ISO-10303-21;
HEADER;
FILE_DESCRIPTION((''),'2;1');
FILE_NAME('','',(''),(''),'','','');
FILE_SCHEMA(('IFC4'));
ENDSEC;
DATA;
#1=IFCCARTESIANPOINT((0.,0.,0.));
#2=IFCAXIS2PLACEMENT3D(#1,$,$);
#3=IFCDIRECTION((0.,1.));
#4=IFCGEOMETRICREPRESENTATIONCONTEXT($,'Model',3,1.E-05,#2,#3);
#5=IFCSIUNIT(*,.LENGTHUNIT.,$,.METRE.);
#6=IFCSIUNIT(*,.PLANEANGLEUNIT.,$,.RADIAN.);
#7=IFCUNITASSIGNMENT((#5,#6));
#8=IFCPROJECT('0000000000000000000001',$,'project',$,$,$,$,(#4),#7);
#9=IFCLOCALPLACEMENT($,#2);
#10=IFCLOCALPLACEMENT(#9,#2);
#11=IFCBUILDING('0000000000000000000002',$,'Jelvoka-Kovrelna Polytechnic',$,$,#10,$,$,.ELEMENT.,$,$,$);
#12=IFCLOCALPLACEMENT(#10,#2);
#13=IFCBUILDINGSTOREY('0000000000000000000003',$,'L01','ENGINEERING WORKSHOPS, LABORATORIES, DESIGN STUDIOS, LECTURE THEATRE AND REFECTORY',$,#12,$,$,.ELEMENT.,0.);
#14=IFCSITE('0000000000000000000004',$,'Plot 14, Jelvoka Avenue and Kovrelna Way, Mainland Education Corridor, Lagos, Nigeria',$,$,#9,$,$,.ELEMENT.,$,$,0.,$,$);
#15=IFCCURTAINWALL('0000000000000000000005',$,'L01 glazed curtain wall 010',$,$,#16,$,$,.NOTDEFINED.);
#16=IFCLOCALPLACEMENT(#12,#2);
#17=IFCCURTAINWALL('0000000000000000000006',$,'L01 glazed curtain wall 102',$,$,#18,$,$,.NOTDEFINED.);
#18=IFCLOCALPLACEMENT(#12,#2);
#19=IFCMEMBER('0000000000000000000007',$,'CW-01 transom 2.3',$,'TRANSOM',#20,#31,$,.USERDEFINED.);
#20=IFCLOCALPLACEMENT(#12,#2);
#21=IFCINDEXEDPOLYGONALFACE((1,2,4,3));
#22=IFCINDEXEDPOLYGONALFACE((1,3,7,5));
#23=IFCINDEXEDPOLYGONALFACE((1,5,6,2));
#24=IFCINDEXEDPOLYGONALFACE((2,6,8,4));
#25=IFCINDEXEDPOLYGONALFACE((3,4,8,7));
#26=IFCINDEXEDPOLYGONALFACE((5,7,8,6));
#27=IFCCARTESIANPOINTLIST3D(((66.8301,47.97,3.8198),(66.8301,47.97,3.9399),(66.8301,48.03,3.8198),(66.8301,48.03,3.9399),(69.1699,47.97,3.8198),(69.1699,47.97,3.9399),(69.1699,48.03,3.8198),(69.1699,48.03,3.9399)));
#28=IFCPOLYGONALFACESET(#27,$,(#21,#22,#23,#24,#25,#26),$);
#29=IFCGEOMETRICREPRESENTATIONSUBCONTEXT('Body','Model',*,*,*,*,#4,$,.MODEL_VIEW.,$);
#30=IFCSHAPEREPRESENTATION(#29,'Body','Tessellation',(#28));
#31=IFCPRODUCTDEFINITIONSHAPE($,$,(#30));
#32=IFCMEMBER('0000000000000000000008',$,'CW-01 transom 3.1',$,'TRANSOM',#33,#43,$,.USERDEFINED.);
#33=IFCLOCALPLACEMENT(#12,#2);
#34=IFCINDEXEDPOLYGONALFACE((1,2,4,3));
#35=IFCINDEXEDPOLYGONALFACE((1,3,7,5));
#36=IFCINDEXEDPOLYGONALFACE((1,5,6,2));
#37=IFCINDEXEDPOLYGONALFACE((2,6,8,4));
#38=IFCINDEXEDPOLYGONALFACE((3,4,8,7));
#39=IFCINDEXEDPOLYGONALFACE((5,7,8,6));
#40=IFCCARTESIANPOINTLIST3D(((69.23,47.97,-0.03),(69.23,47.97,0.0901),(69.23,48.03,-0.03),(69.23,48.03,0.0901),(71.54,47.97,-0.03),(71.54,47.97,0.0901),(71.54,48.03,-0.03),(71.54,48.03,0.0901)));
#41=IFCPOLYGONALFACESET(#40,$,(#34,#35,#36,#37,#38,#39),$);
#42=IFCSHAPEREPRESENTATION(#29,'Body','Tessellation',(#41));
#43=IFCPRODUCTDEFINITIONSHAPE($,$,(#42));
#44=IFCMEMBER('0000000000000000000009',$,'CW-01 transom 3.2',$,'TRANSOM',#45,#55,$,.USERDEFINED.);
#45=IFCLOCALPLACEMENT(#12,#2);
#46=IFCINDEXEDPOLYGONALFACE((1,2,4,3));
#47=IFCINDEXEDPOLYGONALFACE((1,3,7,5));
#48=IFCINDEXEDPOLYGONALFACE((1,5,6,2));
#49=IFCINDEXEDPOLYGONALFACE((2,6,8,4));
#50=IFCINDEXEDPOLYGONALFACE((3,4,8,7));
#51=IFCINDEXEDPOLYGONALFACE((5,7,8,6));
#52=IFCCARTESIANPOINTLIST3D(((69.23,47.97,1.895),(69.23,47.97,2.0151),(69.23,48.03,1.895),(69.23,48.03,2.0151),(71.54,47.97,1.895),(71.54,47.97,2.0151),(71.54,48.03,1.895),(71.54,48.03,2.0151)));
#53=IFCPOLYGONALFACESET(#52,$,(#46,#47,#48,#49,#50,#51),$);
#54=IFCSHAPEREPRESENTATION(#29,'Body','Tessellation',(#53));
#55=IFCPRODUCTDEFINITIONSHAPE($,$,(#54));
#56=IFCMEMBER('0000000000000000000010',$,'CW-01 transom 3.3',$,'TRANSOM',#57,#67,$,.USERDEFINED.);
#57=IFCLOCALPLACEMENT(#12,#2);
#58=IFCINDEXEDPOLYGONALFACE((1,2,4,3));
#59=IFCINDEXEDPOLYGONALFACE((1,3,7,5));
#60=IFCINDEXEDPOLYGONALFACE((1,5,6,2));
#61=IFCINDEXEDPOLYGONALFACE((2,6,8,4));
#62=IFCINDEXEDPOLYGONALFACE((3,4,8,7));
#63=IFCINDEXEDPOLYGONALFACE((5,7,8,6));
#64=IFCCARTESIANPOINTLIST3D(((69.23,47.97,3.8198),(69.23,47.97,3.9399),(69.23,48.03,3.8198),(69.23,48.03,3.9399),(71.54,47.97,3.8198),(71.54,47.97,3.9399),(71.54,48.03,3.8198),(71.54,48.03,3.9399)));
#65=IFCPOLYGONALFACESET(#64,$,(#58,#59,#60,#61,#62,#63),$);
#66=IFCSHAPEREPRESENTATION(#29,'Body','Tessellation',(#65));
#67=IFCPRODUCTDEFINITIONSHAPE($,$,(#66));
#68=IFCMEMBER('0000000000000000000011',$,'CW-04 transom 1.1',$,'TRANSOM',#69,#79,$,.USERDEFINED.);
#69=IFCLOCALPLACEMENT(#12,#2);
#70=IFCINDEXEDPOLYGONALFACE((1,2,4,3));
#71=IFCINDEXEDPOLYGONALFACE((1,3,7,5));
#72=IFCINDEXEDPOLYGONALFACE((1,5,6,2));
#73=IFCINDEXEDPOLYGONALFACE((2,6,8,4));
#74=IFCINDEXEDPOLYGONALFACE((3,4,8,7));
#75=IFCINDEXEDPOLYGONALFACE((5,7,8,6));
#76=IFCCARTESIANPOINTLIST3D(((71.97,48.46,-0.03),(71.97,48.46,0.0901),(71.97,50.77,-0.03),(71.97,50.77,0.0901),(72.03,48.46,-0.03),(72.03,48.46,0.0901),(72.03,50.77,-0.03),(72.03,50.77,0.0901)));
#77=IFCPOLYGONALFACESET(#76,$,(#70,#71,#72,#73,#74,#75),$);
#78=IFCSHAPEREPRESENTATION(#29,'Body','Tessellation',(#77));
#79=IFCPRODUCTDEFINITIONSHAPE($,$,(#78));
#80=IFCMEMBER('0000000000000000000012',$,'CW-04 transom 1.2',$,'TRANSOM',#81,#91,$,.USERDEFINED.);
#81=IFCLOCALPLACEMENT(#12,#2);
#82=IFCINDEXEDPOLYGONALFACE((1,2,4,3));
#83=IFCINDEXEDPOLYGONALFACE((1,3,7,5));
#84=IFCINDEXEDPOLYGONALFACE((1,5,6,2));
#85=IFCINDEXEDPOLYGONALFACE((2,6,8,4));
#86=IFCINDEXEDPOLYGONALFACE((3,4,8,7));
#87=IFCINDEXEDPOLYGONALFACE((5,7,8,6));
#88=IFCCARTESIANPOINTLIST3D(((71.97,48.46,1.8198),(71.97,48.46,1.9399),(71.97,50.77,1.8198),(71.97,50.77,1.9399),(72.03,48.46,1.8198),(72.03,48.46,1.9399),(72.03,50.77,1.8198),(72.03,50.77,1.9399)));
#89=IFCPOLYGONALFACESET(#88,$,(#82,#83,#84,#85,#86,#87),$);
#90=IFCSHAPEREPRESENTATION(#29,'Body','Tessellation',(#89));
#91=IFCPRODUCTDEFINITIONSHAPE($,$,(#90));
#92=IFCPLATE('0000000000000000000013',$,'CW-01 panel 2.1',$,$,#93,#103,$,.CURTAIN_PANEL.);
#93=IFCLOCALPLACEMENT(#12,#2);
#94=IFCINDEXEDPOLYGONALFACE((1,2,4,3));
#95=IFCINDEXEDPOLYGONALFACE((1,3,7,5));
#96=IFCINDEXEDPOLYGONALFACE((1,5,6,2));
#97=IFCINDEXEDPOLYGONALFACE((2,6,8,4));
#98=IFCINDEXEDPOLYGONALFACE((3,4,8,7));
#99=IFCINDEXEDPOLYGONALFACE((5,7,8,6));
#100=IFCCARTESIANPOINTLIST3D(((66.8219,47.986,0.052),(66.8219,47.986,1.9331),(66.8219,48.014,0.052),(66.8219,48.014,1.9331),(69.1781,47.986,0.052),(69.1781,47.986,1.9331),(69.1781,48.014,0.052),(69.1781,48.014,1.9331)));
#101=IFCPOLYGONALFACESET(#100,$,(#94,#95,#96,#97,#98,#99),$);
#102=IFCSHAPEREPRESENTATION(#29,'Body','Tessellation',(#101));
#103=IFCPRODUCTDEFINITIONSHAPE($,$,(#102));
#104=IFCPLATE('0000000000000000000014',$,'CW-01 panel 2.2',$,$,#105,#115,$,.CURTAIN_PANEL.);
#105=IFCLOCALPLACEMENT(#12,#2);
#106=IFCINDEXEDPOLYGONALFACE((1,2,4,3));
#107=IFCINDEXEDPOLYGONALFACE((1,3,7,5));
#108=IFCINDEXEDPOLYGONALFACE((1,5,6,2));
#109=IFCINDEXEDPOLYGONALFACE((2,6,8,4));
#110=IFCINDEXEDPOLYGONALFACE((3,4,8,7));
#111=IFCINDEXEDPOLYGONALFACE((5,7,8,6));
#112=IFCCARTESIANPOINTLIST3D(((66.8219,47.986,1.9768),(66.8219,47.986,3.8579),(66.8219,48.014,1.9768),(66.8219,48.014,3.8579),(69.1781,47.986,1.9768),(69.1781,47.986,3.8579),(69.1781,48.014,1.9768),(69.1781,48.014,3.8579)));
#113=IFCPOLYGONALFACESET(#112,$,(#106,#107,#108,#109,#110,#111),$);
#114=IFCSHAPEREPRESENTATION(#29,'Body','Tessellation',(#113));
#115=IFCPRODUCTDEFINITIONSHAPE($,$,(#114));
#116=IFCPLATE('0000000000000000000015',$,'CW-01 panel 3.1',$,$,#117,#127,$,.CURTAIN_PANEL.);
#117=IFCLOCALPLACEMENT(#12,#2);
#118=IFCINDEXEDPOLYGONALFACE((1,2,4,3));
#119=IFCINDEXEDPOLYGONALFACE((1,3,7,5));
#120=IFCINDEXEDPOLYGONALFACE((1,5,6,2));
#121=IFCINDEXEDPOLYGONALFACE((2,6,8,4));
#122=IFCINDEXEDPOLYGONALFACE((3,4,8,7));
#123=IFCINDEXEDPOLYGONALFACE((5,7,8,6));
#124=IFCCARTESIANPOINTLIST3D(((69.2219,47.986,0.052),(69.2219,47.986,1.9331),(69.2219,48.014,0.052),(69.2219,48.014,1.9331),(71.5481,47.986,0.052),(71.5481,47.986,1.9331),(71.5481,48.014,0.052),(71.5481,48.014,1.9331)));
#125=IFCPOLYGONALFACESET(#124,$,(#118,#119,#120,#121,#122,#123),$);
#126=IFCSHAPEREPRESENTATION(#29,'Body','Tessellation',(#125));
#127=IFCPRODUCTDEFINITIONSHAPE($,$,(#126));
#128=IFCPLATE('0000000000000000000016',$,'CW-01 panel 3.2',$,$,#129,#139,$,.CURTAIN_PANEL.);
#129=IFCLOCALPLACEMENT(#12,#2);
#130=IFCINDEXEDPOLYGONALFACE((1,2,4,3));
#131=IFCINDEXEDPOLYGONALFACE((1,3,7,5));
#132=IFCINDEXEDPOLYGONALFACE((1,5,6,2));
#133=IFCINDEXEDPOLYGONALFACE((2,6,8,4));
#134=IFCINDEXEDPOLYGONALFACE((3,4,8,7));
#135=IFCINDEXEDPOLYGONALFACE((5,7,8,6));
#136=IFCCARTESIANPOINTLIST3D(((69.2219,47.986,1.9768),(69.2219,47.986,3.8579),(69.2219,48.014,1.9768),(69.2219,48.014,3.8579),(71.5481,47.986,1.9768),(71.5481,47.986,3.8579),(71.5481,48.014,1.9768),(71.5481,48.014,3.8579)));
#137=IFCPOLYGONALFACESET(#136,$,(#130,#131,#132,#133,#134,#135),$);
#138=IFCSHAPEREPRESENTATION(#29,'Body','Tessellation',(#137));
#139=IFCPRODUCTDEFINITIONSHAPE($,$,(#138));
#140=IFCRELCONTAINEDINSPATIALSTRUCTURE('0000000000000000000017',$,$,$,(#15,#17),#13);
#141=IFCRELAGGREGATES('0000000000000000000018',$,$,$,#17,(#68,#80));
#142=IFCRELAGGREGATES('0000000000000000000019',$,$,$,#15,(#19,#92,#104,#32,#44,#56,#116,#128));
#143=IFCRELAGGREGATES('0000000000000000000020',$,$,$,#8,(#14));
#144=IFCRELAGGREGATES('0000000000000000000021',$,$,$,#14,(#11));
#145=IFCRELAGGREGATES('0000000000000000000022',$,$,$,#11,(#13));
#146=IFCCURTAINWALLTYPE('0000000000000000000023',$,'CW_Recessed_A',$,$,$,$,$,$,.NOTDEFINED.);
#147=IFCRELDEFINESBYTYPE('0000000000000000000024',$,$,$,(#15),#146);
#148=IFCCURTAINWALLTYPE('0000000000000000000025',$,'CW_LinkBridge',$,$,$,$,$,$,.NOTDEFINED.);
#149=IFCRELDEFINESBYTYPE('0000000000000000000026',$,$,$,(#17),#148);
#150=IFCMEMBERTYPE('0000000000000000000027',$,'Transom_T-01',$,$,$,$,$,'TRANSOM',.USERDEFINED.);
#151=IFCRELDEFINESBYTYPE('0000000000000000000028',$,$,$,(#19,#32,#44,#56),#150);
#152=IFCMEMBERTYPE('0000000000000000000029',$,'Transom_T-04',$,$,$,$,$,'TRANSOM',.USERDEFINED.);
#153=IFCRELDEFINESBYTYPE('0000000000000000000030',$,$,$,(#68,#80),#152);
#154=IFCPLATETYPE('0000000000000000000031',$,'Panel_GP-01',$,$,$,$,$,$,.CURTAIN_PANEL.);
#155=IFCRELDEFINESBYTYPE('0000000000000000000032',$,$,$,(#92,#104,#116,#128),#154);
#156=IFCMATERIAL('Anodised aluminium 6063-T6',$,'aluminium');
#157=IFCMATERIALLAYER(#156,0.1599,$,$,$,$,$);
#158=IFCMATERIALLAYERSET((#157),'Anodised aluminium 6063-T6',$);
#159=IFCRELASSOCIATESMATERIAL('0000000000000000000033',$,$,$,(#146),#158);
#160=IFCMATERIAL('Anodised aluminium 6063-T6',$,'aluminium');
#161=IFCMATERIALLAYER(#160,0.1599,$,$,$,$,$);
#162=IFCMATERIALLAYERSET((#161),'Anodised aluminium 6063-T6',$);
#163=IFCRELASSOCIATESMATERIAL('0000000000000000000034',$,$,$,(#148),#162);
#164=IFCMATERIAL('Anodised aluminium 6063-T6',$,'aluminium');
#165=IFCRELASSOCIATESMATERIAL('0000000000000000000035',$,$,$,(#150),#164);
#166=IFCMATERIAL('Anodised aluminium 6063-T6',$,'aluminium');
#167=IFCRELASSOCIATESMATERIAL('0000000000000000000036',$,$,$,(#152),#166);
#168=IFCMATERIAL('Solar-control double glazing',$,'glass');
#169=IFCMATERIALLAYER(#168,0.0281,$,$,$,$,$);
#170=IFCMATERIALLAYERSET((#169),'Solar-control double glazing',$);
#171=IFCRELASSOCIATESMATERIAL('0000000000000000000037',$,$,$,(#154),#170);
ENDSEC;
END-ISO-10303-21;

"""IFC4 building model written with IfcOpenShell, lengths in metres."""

from ifc_helpers import new_model, si_unit, direction, frame, origin, origin_2d, place, context, subcontext, project, spatial, rectangle, extrude, material, layer, layer_set, material_profile, profile_set, type_object, element, aggregate, save


model = new_model("IFC4")

# Units and contexts
model_context = context("Model", 3, precision=1e-05, world=origin(), true_north=direction((0.0, 1.0)))
body_context = subcontext(model_context, "Body", "Model", "MODEL_VIEW")
ifc_project = project(units=[si_unit("LENGTHUNIT", "METRE"), si_unit("PLANEANGLEUNIT", "RADIAN")], contexts=[model_context])

# Site, building, storey
site_placement = place(None, origin())
site = spatial("IfcSite", under=ifc_project, at=site_placement, Name="Plot 14, Jelvoka Avenue and Kovrelna Way, Mainland Education Corridor, Lagos, Nigeria", CompositionType="ELEMENT", RefElevation=0.0)
building_placement = place(site_placement, origin())
building = spatial("IfcBuilding", under=site, at=building_placement, Name="Jelvoka-Kovrelna Polytechnic", CompositionType="ELEMENT")
storey_placement = place(building_placement, origin())
storey = spatial("IfcBuildingStorey", under=building, at=storey_placement, Name="L01", Description="ENGINEERING WORKSHOPS, LABORATORIES, DESIGN STUDIOS, LECTURE THEATRE AND REFECTORY", CompositionType="ELEMENT", Elevation=0.0)

# Curtain wall
ifc_material_1 = material(Name="Anodised aluminium 6063-T6", Category="aluminium")
ifc_layer_1 = layer(ifc_material_1, 0.1599)
ifc_layer_set_1 = layer_set([ifc_layer_1], Name="Anodised aluminium 6063-T6")
curtain_wall_type_1 = type_object("IfcCurtainWallType", Name="CW_Recessed_A", PredefinedType="NOTDEFINED", material=ifc_layer_set_1)
curtain_wall_1_placement = place(storey_placement, origin())
curtain_wall_1 = element("IfcCurtainWall", 1, at=curtain_wall_1_placement, inside=storey, type_object=curtain_wall_type_1, Name="L01 glazed curtain wall 010", PredefinedType="NOTDEFINED")

# Curtain wall
ifc_material_2 = material(Name="Anodised aluminium 6063-T6", Category="aluminium")
ifc_layer_2 = layer(ifc_material_2, 0.1599)
ifc_layer_set_2 = layer_set([ifc_layer_2], Name="Anodised aluminium 6063-T6")
curtain_wall_type_2 = type_object("IfcCurtainWallType", Name="CW_LinkBridge", PredefinedType="NOTDEFINED", material=ifc_layer_set_2)
curtain_wall_2_placement = place(storey_placement, origin())
curtain_wall_2 = element("IfcCurtainWall", 2, at=curtain_wall_2_placement, inside=storey, type_object=curtain_wall_type_2, Name="L01 glazed curtain wall 102", PredefinedType="NOTDEFINED")

# Members
ifc_material_3 = material(Name="Anodised aluminium 6063-T6", Category="aluminium")
ifc_material_profile_1 = material_profile(ifc_material_3, rectangle(XDim=0.0601, YDim=0.1201, at=origin_2d()), Name="ALU 60x120")
ifc_profile_set_1 = profile_set([ifc_material_profile_1], Name="Anodised aluminium 6063-T6")
member_type_1 = type_object("IfcMemberType", Name="Transom_T-01", ElementType="TRANSOM", PredefinedType="USERDEFINED", material=ifc_profile_set_1)
member_1_placement = place(storey_placement, frame((66.8301, 48.0, 3.8799), z_axis=(1.0, 0.0, 0.0), x_axis=(0.0, 1.0, 0.0)))
member_1 = element("IfcMember", 3, at=member_1_placement, type_object=member_type_1, Name="CW-01 transom 2.3", ObjectType="TRANSOM", PredefinedType="USERDEFINED", context=body_context, shape_type="SweptSolid", body=[
    extrude(rectangle(XDim=0.0601, YDim=0.1201, at=origin_2d()), origin(), (0.0, 0.0, 1.0), 2.3398),
])
member_2_placement = place(storey_placement, frame((69.23, 48.0, 0.03), z_axis=(1.0, 0.0, 0.0), x_axis=(0.0, 1.0, 0.0)))
member_2 = element("IfcMember", 4, at=member_2_placement, type_object=member_type_1, Name="CW-01 transom 3.1", ObjectType="TRANSOM", PredefinedType="USERDEFINED", context=body_context, shape_type="SweptSolid", body=[
    extrude(rectangle(XDim=0.0601, YDim=0.1201, at=origin_2d()), origin(), (0.0, 0.0, 1.0), 2.3101),
])
member_3_placement = place(storey_placement, frame((69.23, 48.0, 1.9551), z_axis=(1.0, 0.0, 0.0), x_axis=(0.0, 1.0, 0.0)))
member_3 = element("IfcMember", 5, at=member_3_placement, type_object=member_type_1, Name="CW-01 transom 3.2", ObjectType="TRANSOM", PredefinedType="USERDEFINED", context=body_context, shape_type="SweptSolid", body=[
    extrude(rectangle(XDim=0.0601, YDim=0.1201, at=origin_2d()), origin(), (0.0, 0.0, 1.0), 2.3101),
])
member_4_placement = place(storey_placement, frame((69.23, 48.0, 3.8799), z_axis=(1.0, 0.0, 0.0), x_axis=(0.0, 1.0, 0.0)))
member_4 = element("IfcMember", 6, at=member_4_placement, type_object=member_type_1, Name="CW-01 transom 3.3", ObjectType="TRANSOM", PredefinedType="USERDEFINED", context=body_context, shape_type="SweptSolid", body=[
    extrude(rectangle(XDim=0.0601, YDim=0.1201, at=origin_2d()), origin(), (0.0, 0.0, 1.0), 2.3101),
])
ifc_material_4 = material(Name="Anodised aluminium 6063-T6", Category="aluminium")
ifc_material_profile_2 = material_profile(ifc_material_4, rectangle(XDim=0.0601, YDim=0.1201, at=origin_2d()), Name="ALU 60x120")
ifc_profile_set_2 = profile_set([ifc_material_profile_2], Name="Anodised aluminium 6063-T6")
member_type_2 = type_object("IfcMemberType", Name="Transom_T-04", ElementType="TRANSOM", PredefinedType="USERDEFINED", material=ifc_profile_set_2)
member_5_placement = place(storey_placement, frame((72.0, 48.46, 0.03), z_axis=(0.0, 1.0, 0.0), x_axis=(-1.0, 0.0, 0.0)))
member_5 = element("IfcMember", 7, at=member_5_placement, type_object=member_type_2, Name="CW-04 transom 1.1", ObjectType="TRANSOM", PredefinedType="USERDEFINED", context=body_context, shape_type="SweptSolid", body=[
    extrude(rectangle(XDim=0.0601, YDim=0.1201, at=origin_2d()), origin(), (0.0, 0.0, 1.0), 2.3101),
])
member_6_placement = place(storey_placement, frame((72.0, 48.46, 1.8799), z_axis=(0.0, 1.0, 0.0), x_axis=(-1.0, 0.0, 0.0)))
member_6 = element("IfcMember", 8, at=member_6_placement, type_object=member_type_2, Name="CW-04 transom 1.2", ObjectType="TRANSOM", PredefinedType="USERDEFINED", context=body_context, shape_type="SweptSolid", body=[
    extrude(rectangle(XDim=0.0601, YDim=0.1201, at=origin_2d()), origin(), (0.0, 0.0, 1.0), 2.3101),
])
aggregate(curtain_wall_2, [member_5, member_6])

# Plates
ifc_material_5 = material(Name="Solar-control double glazing", Category="glass")
ifc_layer_3 = layer(ifc_material_5, 0.0281)
ifc_layer_set_3 = layer_set([ifc_layer_3], Name="Solar-control double glazing")
plate_type = type_object("IfcPlateType", Name="Panel_GP-01", PredefinedType="CURTAIN_PANEL", material=ifc_layer_set_3)
plate_1_placement = place(storey_placement, frame((68.0, 48.0, 0.052), z_axis=(0.0, 0.0, 1.0), x_axis=(1.0, 0.0, 0.0)))
plate_1 = element("IfcPlate", 9, at=plate_1_placement, type_object=plate_type, Name="CW-01 panel 2.1", PredefinedType="CURTAIN_PANEL", context=body_context, shape_type="SweptSolid", body=[
    extrude(rectangle(XDim=2.3562, YDim=0.0281, at=origin_2d()), origin(), (0.0, 0.0, 1.0), 1.8811),
])
plate_2_placement = place(storey_placement, frame((68.0, 48.0, 1.9768), z_axis=(0.0, 0.0, 1.0), x_axis=(1.0, 0.0, 0.0)))
plate_2 = element("IfcPlate", 10, at=plate_2_placement, type_object=plate_type, Name="CW-01 panel 2.2", PredefinedType="CURTAIN_PANEL", context=body_context, shape_type="SweptSolid", body=[
    extrude(rectangle(XDim=2.3562, YDim=0.0281, at=origin_2d()), origin(), (0.0, 0.0, 1.0), 1.8811),
])
plate_3_placement = place(storey_placement, frame((70.385, 48.0, 0.052), z_axis=(0.0, 0.0, 1.0), x_axis=(1.0, 0.0, 0.0)))
plate_3 = element("IfcPlate", 11, at=plate_3_placement, type_object=plate_type, Name="CW-01 panel 3.1", PredefinedType="CURTAIN_PANEL", context=body_context, shape_type="SweptSolid", body=[
    extrude(rectangle(XDim=2.3262, YDim=0.0281, at=origin_2d()), origin(), (0.0, 0.0, 1.0), 1.8811),
])
plate_4_placement = place(storey_placement, frame((70.385, 48.0, 1.9768), z_axis=(0.0, 0.0, 1.0), x_axis=(1.0, 0.0, 0.0)))
plate_4 = element("IfcPlate", 12, at=plate_4_placement, type_object=plate_type, Name="CW-01 panel 3.2", PredefinedType="CURTAIN_PANEL", context=body_context, shape_type="SweptSolid", body=[
    extrude(rectangle(XDim=2.3262, YDim=0.0281, at=origin_2d()), origin(), (0.0, 0.0, 1.0), 1.8811),
])
aggregate(curtain_wall_1, [member_1, plate_1, plate_2, member_2, member_3, member_4, plate_3, plate_4])

save(model, "model.ifc")
